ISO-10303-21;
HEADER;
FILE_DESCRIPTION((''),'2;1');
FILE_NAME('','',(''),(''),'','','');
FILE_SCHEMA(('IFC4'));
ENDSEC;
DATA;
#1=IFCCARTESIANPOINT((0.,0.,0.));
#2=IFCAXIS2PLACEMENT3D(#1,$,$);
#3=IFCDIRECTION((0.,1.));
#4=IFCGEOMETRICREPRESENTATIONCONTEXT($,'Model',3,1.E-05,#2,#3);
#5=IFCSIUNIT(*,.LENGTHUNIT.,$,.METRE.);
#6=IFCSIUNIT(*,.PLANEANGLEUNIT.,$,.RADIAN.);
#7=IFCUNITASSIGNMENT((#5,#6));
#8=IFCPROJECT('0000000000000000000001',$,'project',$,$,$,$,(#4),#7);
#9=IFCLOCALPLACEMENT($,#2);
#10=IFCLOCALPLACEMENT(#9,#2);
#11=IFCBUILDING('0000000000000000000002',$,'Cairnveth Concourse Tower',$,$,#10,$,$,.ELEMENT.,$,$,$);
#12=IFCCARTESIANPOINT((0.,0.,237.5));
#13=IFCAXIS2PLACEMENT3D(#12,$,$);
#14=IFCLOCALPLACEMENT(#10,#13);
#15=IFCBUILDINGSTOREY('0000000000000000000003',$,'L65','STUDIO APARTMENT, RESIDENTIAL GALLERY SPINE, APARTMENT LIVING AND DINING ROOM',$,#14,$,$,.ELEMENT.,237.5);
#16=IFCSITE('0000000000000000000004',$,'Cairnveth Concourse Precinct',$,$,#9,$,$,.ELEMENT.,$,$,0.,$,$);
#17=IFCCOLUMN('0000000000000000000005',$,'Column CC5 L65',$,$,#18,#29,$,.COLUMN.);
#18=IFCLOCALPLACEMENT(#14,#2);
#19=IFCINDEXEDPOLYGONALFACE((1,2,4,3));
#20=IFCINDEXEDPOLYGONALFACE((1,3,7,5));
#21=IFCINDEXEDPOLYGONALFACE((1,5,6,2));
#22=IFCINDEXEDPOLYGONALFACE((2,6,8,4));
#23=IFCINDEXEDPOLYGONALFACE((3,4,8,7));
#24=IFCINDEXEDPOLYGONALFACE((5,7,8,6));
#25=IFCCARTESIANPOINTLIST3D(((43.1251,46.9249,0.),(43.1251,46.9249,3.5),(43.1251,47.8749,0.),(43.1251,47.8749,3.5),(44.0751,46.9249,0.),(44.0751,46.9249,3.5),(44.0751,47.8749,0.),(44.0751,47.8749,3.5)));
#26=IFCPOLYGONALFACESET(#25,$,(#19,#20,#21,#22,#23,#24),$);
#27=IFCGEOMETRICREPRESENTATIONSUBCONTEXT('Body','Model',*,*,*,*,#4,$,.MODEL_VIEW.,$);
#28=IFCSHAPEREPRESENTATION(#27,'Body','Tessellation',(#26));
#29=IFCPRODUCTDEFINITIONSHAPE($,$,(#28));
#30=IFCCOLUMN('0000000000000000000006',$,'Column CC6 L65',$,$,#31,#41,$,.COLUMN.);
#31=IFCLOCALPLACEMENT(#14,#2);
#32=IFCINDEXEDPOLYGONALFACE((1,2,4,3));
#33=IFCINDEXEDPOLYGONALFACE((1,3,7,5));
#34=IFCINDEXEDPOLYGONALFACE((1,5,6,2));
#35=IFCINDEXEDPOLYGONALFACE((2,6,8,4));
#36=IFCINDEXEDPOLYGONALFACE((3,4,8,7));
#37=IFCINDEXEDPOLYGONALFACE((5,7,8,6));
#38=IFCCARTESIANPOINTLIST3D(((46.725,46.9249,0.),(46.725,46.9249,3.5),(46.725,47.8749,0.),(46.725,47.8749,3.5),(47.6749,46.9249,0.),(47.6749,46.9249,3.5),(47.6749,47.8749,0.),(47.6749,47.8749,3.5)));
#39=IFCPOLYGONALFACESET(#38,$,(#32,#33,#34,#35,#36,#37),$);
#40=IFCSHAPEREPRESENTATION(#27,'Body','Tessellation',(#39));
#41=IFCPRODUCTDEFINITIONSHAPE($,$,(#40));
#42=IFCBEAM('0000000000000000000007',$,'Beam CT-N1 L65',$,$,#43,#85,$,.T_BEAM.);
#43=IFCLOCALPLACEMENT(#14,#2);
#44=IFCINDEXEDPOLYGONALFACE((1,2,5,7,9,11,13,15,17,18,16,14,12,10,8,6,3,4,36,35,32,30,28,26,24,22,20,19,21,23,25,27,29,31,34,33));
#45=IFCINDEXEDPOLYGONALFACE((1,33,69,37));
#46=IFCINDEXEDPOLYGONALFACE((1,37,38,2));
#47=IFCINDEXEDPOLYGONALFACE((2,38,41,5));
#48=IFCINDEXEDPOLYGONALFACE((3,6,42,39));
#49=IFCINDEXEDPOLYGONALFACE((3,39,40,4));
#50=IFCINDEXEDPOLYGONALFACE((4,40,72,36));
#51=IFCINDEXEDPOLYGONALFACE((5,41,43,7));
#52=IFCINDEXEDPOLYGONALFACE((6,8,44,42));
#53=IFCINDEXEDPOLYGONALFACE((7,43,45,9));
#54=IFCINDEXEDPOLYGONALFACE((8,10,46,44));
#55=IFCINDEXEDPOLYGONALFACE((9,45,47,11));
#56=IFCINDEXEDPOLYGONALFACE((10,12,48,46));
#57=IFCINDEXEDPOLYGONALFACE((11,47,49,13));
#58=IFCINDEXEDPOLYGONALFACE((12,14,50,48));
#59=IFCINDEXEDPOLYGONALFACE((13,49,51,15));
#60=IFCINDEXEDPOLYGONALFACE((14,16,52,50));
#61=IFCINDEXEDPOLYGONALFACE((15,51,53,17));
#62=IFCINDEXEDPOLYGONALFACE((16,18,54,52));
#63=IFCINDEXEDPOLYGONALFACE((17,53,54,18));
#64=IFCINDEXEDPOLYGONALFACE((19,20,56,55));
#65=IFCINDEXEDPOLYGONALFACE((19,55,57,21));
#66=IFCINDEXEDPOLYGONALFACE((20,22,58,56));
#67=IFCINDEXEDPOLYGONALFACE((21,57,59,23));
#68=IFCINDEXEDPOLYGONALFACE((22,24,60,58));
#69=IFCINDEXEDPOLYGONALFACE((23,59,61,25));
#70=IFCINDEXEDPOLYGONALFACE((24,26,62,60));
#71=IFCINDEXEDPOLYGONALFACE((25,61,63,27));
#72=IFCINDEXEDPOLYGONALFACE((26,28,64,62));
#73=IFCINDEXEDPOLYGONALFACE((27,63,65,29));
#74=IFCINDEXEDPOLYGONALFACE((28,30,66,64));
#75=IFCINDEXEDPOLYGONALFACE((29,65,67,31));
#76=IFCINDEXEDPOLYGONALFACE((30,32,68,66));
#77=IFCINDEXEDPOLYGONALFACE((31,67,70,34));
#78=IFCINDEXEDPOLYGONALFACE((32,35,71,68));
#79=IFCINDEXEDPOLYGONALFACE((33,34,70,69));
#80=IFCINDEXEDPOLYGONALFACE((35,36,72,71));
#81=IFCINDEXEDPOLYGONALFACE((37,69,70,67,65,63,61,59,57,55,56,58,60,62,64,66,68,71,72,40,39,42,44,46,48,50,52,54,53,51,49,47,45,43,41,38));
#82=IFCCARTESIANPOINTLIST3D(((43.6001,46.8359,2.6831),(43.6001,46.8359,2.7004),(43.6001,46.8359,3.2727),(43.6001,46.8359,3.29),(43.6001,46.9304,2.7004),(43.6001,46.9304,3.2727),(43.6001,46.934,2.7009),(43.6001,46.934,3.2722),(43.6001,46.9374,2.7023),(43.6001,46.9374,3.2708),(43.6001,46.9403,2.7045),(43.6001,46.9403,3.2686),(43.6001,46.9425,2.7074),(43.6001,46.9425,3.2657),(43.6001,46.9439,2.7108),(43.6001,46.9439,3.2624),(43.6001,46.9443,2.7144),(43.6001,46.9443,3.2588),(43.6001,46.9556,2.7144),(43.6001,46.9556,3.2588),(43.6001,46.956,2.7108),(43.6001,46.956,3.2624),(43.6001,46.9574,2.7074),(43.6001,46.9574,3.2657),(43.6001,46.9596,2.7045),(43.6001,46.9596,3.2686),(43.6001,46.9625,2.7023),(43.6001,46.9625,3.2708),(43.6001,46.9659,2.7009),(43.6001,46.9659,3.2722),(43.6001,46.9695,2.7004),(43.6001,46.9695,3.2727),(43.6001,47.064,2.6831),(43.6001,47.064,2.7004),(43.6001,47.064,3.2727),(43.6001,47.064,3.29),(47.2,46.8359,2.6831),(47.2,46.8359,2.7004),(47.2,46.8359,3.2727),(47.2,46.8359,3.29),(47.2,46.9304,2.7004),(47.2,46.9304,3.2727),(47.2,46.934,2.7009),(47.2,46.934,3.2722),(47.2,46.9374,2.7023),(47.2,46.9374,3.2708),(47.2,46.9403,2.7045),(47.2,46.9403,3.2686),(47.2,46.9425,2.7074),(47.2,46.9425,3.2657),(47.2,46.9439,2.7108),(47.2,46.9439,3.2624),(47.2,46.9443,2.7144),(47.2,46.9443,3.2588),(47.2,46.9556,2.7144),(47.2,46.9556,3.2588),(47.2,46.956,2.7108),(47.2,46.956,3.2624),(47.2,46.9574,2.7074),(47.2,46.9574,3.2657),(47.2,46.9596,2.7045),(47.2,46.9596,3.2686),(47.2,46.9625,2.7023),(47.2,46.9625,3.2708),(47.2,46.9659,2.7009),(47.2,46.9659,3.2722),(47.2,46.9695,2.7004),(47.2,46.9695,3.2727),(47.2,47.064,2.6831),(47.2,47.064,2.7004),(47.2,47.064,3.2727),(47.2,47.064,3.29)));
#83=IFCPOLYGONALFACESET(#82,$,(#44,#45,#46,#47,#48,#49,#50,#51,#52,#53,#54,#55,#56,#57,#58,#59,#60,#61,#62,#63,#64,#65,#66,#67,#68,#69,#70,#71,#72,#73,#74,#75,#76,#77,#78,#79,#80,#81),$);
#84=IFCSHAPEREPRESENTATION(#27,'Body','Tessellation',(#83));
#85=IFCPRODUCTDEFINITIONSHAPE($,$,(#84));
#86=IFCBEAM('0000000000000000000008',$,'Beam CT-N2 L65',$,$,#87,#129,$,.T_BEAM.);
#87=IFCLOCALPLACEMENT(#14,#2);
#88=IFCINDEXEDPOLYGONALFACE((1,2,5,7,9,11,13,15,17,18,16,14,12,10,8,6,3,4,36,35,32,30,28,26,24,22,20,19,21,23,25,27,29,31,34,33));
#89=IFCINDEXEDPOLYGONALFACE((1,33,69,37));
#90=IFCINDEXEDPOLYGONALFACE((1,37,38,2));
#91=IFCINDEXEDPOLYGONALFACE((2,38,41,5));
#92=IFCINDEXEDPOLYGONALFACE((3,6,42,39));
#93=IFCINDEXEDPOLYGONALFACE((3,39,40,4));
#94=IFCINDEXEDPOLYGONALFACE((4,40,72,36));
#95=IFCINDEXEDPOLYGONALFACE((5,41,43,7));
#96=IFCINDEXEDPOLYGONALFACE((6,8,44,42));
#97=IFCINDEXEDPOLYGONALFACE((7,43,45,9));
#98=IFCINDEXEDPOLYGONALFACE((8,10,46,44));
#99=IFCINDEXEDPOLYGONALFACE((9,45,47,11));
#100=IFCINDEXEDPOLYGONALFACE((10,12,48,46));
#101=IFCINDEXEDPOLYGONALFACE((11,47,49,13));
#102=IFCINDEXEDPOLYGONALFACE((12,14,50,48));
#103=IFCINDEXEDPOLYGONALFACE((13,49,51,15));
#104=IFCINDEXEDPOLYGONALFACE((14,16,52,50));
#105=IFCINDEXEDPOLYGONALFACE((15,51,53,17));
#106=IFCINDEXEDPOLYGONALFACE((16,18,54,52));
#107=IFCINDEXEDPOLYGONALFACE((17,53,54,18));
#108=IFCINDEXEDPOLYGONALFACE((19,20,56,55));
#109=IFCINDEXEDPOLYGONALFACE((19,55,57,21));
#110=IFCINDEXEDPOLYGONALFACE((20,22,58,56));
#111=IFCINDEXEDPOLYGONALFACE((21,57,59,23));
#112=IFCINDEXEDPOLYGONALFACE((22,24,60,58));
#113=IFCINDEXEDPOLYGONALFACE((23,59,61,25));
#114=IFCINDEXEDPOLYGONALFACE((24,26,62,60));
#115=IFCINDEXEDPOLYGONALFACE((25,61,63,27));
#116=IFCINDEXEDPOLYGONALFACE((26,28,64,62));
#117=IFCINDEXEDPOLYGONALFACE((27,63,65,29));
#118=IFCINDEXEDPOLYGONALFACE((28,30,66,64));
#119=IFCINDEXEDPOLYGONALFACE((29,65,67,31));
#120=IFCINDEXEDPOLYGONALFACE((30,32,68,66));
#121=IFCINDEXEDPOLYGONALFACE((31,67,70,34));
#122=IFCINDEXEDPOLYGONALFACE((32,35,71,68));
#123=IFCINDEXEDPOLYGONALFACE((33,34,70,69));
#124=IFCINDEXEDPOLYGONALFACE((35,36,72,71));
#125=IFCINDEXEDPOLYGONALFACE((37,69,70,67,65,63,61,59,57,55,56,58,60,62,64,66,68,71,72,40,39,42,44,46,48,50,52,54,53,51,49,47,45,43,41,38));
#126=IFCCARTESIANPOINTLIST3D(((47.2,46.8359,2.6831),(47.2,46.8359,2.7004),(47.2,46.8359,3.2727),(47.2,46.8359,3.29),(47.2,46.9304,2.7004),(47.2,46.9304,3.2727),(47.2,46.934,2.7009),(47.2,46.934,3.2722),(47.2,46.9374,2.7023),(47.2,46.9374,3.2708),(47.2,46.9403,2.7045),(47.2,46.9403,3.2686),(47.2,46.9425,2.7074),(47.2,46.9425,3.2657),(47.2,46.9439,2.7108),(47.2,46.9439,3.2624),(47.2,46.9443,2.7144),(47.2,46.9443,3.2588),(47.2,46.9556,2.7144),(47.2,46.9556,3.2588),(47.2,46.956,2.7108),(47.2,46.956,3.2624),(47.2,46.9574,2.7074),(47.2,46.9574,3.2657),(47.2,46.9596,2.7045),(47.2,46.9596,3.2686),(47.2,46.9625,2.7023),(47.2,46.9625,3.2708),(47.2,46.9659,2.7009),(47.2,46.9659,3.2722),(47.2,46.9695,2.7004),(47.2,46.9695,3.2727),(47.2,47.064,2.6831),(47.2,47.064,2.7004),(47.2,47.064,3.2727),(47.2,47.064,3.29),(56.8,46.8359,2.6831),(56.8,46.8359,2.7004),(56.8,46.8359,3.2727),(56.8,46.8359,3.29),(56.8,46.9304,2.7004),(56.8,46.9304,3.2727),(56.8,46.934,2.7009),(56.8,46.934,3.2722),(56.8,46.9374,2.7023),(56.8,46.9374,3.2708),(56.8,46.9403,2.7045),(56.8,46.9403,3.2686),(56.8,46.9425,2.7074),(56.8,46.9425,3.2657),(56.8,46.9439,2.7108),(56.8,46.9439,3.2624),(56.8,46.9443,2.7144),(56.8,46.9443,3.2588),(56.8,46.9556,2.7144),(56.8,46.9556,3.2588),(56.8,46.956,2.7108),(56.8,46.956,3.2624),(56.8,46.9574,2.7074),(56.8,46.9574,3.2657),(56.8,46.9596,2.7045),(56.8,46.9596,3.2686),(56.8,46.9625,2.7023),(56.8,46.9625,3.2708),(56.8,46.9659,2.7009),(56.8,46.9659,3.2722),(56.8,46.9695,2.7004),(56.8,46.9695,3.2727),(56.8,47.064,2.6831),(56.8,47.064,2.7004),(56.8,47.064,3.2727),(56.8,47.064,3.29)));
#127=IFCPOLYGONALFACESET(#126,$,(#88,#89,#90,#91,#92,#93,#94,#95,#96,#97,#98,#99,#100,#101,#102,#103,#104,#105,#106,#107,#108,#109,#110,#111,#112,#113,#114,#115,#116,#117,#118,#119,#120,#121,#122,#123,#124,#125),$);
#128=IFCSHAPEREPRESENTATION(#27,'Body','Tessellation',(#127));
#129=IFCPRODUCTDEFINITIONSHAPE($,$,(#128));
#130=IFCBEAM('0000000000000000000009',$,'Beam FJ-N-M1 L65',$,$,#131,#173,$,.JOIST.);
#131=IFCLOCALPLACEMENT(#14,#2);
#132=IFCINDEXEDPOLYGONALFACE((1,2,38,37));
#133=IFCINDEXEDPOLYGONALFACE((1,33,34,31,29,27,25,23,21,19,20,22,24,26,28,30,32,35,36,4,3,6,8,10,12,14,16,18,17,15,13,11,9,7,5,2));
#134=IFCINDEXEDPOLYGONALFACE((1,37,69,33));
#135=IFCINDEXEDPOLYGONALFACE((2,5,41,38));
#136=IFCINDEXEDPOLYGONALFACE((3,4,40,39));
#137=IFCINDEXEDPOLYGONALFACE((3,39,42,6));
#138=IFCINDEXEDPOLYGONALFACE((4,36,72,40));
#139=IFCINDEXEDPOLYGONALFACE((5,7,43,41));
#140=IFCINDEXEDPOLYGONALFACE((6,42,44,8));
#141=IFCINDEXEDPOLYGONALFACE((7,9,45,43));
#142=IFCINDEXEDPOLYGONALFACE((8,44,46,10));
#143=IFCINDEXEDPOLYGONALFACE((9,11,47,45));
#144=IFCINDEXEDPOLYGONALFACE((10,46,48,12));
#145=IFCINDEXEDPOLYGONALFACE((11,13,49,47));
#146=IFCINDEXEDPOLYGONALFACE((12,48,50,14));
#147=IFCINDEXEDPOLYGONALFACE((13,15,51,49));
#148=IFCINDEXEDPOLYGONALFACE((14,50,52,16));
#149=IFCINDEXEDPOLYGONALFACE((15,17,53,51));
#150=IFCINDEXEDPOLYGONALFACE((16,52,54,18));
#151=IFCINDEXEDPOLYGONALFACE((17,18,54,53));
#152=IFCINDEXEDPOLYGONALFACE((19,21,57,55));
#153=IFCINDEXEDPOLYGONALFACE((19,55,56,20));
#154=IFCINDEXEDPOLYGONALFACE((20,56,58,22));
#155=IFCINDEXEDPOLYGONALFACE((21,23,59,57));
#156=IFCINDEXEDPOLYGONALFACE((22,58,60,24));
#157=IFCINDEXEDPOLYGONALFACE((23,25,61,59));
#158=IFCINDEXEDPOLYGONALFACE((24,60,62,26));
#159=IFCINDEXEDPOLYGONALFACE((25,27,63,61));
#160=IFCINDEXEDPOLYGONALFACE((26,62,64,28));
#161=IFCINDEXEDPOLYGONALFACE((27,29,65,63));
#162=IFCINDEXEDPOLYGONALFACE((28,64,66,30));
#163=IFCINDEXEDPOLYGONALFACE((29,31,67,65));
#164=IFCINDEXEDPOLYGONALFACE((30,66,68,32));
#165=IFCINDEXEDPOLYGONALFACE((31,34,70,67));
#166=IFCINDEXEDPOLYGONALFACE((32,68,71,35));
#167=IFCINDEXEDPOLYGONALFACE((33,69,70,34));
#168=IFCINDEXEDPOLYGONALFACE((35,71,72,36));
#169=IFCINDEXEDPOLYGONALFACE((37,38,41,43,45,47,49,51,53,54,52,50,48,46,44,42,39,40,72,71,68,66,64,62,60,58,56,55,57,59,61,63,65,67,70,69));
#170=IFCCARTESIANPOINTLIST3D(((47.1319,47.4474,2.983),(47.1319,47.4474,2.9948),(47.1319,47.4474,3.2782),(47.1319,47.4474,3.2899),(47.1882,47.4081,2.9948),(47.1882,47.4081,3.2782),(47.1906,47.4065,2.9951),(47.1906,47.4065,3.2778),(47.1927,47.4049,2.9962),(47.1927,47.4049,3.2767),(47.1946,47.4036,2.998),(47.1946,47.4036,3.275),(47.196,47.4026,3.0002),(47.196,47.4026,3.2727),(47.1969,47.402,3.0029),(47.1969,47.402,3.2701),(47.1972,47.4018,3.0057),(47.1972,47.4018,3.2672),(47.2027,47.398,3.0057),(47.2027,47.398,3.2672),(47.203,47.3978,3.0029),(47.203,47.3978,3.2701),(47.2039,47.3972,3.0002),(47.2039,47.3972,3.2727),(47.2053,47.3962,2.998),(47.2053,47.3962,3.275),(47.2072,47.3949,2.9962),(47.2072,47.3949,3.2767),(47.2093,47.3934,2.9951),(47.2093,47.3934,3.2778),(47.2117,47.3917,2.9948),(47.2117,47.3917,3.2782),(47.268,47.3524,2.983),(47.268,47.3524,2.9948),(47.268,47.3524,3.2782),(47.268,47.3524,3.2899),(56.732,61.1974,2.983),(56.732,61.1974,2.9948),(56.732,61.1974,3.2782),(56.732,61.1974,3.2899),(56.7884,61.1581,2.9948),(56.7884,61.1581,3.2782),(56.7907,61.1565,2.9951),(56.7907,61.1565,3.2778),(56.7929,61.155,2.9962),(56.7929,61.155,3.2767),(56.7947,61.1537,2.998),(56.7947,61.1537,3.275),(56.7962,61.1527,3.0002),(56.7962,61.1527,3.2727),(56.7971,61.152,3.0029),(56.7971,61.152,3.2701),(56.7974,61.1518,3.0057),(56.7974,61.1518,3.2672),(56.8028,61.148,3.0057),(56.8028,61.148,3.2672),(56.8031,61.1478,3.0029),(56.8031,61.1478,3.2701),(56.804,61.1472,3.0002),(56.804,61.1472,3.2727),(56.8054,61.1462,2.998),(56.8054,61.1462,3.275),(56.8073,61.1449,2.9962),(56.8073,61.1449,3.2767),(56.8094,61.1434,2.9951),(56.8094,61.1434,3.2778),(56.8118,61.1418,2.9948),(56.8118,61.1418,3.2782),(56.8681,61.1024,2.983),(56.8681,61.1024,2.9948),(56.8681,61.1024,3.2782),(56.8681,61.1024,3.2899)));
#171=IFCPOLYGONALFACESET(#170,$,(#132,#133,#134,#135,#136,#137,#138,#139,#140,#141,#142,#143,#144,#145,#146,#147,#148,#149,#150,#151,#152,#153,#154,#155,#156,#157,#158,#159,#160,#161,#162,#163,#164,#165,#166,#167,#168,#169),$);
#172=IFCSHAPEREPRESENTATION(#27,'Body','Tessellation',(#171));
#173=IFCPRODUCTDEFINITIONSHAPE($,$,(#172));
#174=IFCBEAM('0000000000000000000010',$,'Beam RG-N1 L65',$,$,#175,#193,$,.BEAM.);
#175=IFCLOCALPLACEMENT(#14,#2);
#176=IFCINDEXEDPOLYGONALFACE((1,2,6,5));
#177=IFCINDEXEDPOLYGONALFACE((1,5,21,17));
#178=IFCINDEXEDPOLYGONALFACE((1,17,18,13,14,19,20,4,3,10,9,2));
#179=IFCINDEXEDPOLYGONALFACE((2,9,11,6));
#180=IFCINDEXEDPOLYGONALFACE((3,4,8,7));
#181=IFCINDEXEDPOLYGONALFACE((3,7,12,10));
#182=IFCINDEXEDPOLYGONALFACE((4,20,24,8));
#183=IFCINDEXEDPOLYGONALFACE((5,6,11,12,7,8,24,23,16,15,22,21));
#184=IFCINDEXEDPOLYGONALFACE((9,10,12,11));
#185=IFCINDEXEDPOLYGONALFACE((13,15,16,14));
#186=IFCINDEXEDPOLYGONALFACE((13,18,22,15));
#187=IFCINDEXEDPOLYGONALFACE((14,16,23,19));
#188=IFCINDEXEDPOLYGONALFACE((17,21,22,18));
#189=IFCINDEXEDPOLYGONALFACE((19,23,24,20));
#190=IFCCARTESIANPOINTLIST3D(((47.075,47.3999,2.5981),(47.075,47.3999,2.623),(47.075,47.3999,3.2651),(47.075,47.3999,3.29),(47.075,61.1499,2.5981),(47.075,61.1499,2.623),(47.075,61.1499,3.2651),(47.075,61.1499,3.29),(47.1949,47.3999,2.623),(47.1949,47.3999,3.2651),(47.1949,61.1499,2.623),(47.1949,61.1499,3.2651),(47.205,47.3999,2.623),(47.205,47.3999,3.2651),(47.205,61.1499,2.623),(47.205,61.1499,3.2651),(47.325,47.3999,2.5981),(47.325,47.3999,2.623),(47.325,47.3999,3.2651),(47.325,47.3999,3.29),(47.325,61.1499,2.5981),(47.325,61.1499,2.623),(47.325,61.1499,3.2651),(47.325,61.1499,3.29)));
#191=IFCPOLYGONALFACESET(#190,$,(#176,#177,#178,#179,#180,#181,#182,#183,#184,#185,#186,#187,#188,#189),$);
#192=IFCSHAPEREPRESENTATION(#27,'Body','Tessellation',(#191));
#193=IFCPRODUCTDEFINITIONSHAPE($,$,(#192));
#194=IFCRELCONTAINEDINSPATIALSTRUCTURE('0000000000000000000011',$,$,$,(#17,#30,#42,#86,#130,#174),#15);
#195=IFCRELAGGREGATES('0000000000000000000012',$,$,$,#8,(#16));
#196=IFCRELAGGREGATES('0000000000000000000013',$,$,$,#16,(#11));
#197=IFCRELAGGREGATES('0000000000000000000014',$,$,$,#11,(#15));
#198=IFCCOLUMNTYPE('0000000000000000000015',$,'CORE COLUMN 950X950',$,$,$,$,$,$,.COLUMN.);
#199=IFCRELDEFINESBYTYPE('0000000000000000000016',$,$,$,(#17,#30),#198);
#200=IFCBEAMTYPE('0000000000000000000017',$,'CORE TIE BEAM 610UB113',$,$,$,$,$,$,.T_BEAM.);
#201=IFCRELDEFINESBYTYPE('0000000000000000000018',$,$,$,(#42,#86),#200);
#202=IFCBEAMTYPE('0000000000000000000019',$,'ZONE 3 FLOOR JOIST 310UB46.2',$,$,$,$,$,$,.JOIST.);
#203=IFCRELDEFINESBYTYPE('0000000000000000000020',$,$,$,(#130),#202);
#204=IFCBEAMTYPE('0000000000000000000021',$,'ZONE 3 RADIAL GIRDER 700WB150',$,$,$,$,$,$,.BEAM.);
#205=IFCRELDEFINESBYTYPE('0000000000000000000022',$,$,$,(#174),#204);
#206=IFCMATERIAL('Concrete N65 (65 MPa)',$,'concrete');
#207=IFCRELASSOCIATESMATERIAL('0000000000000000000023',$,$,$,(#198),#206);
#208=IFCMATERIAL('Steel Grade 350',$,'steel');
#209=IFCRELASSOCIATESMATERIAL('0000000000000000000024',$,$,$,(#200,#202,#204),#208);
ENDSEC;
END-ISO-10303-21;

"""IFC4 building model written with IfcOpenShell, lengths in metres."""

from ifc_helpers import new_model, si_unit, direction, frame, origin, origin_2d, place, context, subcontext, project, spatial, rectangle, i_section, extrude, material, material_profile, profile_set, type_object, element, save


model = new_model("IFC4")

# Units and contexts
model_context = context("Model", 3, precision=1e-05, world=origin(), true_north=direction((0.0, 1.0)))
body_context = subcontext(model_context, "Body", "Model", "MODEL_VIEW")
ifc_project = project(units=[si_unit("LENGTHUNIT", "METRE"), si_unit("PLANEANGLEUNIT", "RADIAN")], contexts=[model_context])

# Site, building, storey
site_placement = place(None, origin())
site = spatial("IfcSite", under=ifc_project, at=site_placement, Name="Cairnveth Concourse Precinct", CompositionType="ELEMENT", RefElevation=0.0)
building_placement = place(site_placement, origin())
building = spatial("IfcBuilding", under=site, at=building_placement, Name="Cairnveth Concourse Tower", CompositionType="ELEMENT")
storey_placement = place(building_placement, frame((0.0, 0.0, 237.5)))
storey = spatial("IfcBuildingStorey", under=building, at=storey_placement, Name="L65", Description="STUDIO APARTMENT, RESIDENTIAL GALLERY SPINE, APARTMENT LIVING AND DINING ROOM", CompositionType="ELEMENT", Elevation=237.5)

# Columns
ifc_material_1 = material(Name="Concrete N65 (65 MPa)", Category="concrete")
ifc_material_profile_1 = material_profile(ifc_material_1, rectangle(XDim=0.95, YDim=0.95, at=origin_2d()), Name="RC-COL-950x950")
ifc_profile_set_1 = profile_set([ifc_material_profile_1], Name="Concrete N65 (65 MPa)")
column_type = type_object("IfcColumnType", Name="CORE COLUMN 950X950", PredefinedType="COLUMN", material=ifc_profile_set_1)
for number, where, z_axis, x_axis, name in (
    (1, (43.6001, 47.3999, 0.0), (0.0, 0.0, 1.0), (1.0, 0.0, 0.0), "Column CC5 L65"),
    (2, (47.2, 47.3999, 0.0), (0.0, 0.0, 1.0), (1.0, 0.0, 0.0), "Column CC6 L65"),
):
    element("IfcColumn", number, at=place(storey_placement, frame(where, z_axis=z_axis, x_axis=x_axis)), inside=storey, type_object=column_type, Name=name, PredefinedType="COLUMN", context=body_context, shape_type="SweptSolid", body=[
        extrude(rectangle(XDim=0.95, YDim=0.95, at=origin_2d()), origin(), (0.0, 0.0, 1.0), 3.5),
    ])

# Beams
ifc_material_2 = material(Name="Steel Grade 350", Category="steel")
ifc_material_profile_2 = material_profile(ifc_material_2, i_section(OverallWidth=0.228, OverallDepth=0.6069, WebThickness=0.0112, FlangeThickness=0.0173, FilletRadius=0.0139, at=origin_2d()), Name="610UB113")
ifc_profile_set_2 = profile_set([ifc_material_profile_2], Name="Steel Grade 350")
beam_type_1 = type_object("IfcBeamType", Name="CORE TIE BEAM 610UB113", PredefinedType="T_BEAM", material=ifc_profile_set_2)
beam_1_placement = place(storey_placement, frame((43.6001, 46.95, 2.9866), z_axis=(1.0, 0.0, 0.0), x_axis=(0.0, 1.0, 0.0)))
element("IfcBeam", 3, at=beam_1_placement, inside=storey, type_object=beam_type_1, Name="Beam CT-N1 L65", PredefinedType="T_BEAM", context=body_context, shape_type="SweptSolid", body=[
    extrude(i_section(OverallWidth=0.228, OverallDepth=0.6069, WebThickness=0.0112, FlangeThickness=0.0173, FilletRadius=0.0139, at=origin_2d()), origin(), (0.0, 0.0, 1.0), 3.5999),
])
beam_2_placement = place(storey_placement, frame((47.2, 46.95, 2.9866), z_axis=(1.0, 0.0, 0.0), x_axis=(0.0, 1.0, 0.0)))
element("IfcBeam", 4, at=beam_2_placement, inside=storey, type_object=beam_type_1, Name="Beam CT-N2 L65", PredefinedType="T_BEAM", context=body_context, shape_type="SweptSolid", body=[
    extrude(i_section(OverallWidth=0.228, OverallDepth=0.6069, WebThickness=0.0112, FlangeThickness=0.0173, FilletRadius=0.0139, at=origin_2d()), origin(), (0.0, 0.0, 1.0), 9.6001),
])
ifc_material_profile_3 = material_profile(ifc_material_2, i_section(OverallWidth=0.166, OverallDepth=0.3069, WebThickness=0.0066, FlangeThickness=0.0117, FilletRadius=0.011, at=origin_2d()), Name="310UB46.2")
ifc_profile_set_3 = profile_set([ifc_material_profile_3], Name="Steel Grade 350")
beam_type_2 = type_object("IfcBeamType", Name="ZONE 3 FLOOR JOIST 310UB46.2", PredefinedType="JOIST", material=ifc_profile_set_3)
beam_3_placement = place(storey_placement, frame((47.2, 47.3999, 3.1365), z_axis=(0.572465, 0.819929, 0.0), x_axis=(-0.819929, 0.572465, 0.0)))
element("IfcBeam", 5, at=beam_3_placement, inside=storey, type_object=beam_type_2, Name="Beam FJ-N-M1 L65", PredefinedType="JOIST", context=body_context, shape_type="SweptSolid", body=[
    extrude(i_section(OverallWidth=0.166, OverallDepth=0.3069, WebThickness=0.0066, FlangeThickness=0.0117, FilletRadius=0.011, at=origin_2d()), origin(), (0.0, 0.0, 1.0), 16.7698),
])
ifc_material_profile_4 = material_profile(ifc_material_2, i_section(OverallWidth=0.25, OverallDepth=0.6919, WebThickness=0.01, FlangeThickness=0.0249, at=origin_2d()), Name="700WB150")
ifc_profile_set_4 = profile_set([ifc_material_profile_4], Name="Steel Grade 350")
beam_type_3 = type_object("IfcBeamType", Name="ZONE 3 RADIAL GIRDER 700WB150", PredefinedType="BEAM", material=ifc_profile_set_4)
beam_4_placement = place(storey_placement, frame((47.2, 47.3999, 2.9441), z_axis=(0.0, 1.0, 0.0), x_axis=(-1.0, 0.0, 0.0)))
element("IfcBeam", 6, at=beam_4_placement, inside=storey, type_object=beam_type_3, Name="Beam RG-N1 L65", PredefinedType="BEAM", context=body_context, shape_type="SweptSolid", body=[
    extrude(i_section(OverallWidth=0.25, OverallDepth=0.6919, WebThickness=0.01, FlangeThickness=0.0249, at=origin_2d()), origin(), (0.0, 0.0, 1.0), 13.75),
])

save(model, "model.ifc")
